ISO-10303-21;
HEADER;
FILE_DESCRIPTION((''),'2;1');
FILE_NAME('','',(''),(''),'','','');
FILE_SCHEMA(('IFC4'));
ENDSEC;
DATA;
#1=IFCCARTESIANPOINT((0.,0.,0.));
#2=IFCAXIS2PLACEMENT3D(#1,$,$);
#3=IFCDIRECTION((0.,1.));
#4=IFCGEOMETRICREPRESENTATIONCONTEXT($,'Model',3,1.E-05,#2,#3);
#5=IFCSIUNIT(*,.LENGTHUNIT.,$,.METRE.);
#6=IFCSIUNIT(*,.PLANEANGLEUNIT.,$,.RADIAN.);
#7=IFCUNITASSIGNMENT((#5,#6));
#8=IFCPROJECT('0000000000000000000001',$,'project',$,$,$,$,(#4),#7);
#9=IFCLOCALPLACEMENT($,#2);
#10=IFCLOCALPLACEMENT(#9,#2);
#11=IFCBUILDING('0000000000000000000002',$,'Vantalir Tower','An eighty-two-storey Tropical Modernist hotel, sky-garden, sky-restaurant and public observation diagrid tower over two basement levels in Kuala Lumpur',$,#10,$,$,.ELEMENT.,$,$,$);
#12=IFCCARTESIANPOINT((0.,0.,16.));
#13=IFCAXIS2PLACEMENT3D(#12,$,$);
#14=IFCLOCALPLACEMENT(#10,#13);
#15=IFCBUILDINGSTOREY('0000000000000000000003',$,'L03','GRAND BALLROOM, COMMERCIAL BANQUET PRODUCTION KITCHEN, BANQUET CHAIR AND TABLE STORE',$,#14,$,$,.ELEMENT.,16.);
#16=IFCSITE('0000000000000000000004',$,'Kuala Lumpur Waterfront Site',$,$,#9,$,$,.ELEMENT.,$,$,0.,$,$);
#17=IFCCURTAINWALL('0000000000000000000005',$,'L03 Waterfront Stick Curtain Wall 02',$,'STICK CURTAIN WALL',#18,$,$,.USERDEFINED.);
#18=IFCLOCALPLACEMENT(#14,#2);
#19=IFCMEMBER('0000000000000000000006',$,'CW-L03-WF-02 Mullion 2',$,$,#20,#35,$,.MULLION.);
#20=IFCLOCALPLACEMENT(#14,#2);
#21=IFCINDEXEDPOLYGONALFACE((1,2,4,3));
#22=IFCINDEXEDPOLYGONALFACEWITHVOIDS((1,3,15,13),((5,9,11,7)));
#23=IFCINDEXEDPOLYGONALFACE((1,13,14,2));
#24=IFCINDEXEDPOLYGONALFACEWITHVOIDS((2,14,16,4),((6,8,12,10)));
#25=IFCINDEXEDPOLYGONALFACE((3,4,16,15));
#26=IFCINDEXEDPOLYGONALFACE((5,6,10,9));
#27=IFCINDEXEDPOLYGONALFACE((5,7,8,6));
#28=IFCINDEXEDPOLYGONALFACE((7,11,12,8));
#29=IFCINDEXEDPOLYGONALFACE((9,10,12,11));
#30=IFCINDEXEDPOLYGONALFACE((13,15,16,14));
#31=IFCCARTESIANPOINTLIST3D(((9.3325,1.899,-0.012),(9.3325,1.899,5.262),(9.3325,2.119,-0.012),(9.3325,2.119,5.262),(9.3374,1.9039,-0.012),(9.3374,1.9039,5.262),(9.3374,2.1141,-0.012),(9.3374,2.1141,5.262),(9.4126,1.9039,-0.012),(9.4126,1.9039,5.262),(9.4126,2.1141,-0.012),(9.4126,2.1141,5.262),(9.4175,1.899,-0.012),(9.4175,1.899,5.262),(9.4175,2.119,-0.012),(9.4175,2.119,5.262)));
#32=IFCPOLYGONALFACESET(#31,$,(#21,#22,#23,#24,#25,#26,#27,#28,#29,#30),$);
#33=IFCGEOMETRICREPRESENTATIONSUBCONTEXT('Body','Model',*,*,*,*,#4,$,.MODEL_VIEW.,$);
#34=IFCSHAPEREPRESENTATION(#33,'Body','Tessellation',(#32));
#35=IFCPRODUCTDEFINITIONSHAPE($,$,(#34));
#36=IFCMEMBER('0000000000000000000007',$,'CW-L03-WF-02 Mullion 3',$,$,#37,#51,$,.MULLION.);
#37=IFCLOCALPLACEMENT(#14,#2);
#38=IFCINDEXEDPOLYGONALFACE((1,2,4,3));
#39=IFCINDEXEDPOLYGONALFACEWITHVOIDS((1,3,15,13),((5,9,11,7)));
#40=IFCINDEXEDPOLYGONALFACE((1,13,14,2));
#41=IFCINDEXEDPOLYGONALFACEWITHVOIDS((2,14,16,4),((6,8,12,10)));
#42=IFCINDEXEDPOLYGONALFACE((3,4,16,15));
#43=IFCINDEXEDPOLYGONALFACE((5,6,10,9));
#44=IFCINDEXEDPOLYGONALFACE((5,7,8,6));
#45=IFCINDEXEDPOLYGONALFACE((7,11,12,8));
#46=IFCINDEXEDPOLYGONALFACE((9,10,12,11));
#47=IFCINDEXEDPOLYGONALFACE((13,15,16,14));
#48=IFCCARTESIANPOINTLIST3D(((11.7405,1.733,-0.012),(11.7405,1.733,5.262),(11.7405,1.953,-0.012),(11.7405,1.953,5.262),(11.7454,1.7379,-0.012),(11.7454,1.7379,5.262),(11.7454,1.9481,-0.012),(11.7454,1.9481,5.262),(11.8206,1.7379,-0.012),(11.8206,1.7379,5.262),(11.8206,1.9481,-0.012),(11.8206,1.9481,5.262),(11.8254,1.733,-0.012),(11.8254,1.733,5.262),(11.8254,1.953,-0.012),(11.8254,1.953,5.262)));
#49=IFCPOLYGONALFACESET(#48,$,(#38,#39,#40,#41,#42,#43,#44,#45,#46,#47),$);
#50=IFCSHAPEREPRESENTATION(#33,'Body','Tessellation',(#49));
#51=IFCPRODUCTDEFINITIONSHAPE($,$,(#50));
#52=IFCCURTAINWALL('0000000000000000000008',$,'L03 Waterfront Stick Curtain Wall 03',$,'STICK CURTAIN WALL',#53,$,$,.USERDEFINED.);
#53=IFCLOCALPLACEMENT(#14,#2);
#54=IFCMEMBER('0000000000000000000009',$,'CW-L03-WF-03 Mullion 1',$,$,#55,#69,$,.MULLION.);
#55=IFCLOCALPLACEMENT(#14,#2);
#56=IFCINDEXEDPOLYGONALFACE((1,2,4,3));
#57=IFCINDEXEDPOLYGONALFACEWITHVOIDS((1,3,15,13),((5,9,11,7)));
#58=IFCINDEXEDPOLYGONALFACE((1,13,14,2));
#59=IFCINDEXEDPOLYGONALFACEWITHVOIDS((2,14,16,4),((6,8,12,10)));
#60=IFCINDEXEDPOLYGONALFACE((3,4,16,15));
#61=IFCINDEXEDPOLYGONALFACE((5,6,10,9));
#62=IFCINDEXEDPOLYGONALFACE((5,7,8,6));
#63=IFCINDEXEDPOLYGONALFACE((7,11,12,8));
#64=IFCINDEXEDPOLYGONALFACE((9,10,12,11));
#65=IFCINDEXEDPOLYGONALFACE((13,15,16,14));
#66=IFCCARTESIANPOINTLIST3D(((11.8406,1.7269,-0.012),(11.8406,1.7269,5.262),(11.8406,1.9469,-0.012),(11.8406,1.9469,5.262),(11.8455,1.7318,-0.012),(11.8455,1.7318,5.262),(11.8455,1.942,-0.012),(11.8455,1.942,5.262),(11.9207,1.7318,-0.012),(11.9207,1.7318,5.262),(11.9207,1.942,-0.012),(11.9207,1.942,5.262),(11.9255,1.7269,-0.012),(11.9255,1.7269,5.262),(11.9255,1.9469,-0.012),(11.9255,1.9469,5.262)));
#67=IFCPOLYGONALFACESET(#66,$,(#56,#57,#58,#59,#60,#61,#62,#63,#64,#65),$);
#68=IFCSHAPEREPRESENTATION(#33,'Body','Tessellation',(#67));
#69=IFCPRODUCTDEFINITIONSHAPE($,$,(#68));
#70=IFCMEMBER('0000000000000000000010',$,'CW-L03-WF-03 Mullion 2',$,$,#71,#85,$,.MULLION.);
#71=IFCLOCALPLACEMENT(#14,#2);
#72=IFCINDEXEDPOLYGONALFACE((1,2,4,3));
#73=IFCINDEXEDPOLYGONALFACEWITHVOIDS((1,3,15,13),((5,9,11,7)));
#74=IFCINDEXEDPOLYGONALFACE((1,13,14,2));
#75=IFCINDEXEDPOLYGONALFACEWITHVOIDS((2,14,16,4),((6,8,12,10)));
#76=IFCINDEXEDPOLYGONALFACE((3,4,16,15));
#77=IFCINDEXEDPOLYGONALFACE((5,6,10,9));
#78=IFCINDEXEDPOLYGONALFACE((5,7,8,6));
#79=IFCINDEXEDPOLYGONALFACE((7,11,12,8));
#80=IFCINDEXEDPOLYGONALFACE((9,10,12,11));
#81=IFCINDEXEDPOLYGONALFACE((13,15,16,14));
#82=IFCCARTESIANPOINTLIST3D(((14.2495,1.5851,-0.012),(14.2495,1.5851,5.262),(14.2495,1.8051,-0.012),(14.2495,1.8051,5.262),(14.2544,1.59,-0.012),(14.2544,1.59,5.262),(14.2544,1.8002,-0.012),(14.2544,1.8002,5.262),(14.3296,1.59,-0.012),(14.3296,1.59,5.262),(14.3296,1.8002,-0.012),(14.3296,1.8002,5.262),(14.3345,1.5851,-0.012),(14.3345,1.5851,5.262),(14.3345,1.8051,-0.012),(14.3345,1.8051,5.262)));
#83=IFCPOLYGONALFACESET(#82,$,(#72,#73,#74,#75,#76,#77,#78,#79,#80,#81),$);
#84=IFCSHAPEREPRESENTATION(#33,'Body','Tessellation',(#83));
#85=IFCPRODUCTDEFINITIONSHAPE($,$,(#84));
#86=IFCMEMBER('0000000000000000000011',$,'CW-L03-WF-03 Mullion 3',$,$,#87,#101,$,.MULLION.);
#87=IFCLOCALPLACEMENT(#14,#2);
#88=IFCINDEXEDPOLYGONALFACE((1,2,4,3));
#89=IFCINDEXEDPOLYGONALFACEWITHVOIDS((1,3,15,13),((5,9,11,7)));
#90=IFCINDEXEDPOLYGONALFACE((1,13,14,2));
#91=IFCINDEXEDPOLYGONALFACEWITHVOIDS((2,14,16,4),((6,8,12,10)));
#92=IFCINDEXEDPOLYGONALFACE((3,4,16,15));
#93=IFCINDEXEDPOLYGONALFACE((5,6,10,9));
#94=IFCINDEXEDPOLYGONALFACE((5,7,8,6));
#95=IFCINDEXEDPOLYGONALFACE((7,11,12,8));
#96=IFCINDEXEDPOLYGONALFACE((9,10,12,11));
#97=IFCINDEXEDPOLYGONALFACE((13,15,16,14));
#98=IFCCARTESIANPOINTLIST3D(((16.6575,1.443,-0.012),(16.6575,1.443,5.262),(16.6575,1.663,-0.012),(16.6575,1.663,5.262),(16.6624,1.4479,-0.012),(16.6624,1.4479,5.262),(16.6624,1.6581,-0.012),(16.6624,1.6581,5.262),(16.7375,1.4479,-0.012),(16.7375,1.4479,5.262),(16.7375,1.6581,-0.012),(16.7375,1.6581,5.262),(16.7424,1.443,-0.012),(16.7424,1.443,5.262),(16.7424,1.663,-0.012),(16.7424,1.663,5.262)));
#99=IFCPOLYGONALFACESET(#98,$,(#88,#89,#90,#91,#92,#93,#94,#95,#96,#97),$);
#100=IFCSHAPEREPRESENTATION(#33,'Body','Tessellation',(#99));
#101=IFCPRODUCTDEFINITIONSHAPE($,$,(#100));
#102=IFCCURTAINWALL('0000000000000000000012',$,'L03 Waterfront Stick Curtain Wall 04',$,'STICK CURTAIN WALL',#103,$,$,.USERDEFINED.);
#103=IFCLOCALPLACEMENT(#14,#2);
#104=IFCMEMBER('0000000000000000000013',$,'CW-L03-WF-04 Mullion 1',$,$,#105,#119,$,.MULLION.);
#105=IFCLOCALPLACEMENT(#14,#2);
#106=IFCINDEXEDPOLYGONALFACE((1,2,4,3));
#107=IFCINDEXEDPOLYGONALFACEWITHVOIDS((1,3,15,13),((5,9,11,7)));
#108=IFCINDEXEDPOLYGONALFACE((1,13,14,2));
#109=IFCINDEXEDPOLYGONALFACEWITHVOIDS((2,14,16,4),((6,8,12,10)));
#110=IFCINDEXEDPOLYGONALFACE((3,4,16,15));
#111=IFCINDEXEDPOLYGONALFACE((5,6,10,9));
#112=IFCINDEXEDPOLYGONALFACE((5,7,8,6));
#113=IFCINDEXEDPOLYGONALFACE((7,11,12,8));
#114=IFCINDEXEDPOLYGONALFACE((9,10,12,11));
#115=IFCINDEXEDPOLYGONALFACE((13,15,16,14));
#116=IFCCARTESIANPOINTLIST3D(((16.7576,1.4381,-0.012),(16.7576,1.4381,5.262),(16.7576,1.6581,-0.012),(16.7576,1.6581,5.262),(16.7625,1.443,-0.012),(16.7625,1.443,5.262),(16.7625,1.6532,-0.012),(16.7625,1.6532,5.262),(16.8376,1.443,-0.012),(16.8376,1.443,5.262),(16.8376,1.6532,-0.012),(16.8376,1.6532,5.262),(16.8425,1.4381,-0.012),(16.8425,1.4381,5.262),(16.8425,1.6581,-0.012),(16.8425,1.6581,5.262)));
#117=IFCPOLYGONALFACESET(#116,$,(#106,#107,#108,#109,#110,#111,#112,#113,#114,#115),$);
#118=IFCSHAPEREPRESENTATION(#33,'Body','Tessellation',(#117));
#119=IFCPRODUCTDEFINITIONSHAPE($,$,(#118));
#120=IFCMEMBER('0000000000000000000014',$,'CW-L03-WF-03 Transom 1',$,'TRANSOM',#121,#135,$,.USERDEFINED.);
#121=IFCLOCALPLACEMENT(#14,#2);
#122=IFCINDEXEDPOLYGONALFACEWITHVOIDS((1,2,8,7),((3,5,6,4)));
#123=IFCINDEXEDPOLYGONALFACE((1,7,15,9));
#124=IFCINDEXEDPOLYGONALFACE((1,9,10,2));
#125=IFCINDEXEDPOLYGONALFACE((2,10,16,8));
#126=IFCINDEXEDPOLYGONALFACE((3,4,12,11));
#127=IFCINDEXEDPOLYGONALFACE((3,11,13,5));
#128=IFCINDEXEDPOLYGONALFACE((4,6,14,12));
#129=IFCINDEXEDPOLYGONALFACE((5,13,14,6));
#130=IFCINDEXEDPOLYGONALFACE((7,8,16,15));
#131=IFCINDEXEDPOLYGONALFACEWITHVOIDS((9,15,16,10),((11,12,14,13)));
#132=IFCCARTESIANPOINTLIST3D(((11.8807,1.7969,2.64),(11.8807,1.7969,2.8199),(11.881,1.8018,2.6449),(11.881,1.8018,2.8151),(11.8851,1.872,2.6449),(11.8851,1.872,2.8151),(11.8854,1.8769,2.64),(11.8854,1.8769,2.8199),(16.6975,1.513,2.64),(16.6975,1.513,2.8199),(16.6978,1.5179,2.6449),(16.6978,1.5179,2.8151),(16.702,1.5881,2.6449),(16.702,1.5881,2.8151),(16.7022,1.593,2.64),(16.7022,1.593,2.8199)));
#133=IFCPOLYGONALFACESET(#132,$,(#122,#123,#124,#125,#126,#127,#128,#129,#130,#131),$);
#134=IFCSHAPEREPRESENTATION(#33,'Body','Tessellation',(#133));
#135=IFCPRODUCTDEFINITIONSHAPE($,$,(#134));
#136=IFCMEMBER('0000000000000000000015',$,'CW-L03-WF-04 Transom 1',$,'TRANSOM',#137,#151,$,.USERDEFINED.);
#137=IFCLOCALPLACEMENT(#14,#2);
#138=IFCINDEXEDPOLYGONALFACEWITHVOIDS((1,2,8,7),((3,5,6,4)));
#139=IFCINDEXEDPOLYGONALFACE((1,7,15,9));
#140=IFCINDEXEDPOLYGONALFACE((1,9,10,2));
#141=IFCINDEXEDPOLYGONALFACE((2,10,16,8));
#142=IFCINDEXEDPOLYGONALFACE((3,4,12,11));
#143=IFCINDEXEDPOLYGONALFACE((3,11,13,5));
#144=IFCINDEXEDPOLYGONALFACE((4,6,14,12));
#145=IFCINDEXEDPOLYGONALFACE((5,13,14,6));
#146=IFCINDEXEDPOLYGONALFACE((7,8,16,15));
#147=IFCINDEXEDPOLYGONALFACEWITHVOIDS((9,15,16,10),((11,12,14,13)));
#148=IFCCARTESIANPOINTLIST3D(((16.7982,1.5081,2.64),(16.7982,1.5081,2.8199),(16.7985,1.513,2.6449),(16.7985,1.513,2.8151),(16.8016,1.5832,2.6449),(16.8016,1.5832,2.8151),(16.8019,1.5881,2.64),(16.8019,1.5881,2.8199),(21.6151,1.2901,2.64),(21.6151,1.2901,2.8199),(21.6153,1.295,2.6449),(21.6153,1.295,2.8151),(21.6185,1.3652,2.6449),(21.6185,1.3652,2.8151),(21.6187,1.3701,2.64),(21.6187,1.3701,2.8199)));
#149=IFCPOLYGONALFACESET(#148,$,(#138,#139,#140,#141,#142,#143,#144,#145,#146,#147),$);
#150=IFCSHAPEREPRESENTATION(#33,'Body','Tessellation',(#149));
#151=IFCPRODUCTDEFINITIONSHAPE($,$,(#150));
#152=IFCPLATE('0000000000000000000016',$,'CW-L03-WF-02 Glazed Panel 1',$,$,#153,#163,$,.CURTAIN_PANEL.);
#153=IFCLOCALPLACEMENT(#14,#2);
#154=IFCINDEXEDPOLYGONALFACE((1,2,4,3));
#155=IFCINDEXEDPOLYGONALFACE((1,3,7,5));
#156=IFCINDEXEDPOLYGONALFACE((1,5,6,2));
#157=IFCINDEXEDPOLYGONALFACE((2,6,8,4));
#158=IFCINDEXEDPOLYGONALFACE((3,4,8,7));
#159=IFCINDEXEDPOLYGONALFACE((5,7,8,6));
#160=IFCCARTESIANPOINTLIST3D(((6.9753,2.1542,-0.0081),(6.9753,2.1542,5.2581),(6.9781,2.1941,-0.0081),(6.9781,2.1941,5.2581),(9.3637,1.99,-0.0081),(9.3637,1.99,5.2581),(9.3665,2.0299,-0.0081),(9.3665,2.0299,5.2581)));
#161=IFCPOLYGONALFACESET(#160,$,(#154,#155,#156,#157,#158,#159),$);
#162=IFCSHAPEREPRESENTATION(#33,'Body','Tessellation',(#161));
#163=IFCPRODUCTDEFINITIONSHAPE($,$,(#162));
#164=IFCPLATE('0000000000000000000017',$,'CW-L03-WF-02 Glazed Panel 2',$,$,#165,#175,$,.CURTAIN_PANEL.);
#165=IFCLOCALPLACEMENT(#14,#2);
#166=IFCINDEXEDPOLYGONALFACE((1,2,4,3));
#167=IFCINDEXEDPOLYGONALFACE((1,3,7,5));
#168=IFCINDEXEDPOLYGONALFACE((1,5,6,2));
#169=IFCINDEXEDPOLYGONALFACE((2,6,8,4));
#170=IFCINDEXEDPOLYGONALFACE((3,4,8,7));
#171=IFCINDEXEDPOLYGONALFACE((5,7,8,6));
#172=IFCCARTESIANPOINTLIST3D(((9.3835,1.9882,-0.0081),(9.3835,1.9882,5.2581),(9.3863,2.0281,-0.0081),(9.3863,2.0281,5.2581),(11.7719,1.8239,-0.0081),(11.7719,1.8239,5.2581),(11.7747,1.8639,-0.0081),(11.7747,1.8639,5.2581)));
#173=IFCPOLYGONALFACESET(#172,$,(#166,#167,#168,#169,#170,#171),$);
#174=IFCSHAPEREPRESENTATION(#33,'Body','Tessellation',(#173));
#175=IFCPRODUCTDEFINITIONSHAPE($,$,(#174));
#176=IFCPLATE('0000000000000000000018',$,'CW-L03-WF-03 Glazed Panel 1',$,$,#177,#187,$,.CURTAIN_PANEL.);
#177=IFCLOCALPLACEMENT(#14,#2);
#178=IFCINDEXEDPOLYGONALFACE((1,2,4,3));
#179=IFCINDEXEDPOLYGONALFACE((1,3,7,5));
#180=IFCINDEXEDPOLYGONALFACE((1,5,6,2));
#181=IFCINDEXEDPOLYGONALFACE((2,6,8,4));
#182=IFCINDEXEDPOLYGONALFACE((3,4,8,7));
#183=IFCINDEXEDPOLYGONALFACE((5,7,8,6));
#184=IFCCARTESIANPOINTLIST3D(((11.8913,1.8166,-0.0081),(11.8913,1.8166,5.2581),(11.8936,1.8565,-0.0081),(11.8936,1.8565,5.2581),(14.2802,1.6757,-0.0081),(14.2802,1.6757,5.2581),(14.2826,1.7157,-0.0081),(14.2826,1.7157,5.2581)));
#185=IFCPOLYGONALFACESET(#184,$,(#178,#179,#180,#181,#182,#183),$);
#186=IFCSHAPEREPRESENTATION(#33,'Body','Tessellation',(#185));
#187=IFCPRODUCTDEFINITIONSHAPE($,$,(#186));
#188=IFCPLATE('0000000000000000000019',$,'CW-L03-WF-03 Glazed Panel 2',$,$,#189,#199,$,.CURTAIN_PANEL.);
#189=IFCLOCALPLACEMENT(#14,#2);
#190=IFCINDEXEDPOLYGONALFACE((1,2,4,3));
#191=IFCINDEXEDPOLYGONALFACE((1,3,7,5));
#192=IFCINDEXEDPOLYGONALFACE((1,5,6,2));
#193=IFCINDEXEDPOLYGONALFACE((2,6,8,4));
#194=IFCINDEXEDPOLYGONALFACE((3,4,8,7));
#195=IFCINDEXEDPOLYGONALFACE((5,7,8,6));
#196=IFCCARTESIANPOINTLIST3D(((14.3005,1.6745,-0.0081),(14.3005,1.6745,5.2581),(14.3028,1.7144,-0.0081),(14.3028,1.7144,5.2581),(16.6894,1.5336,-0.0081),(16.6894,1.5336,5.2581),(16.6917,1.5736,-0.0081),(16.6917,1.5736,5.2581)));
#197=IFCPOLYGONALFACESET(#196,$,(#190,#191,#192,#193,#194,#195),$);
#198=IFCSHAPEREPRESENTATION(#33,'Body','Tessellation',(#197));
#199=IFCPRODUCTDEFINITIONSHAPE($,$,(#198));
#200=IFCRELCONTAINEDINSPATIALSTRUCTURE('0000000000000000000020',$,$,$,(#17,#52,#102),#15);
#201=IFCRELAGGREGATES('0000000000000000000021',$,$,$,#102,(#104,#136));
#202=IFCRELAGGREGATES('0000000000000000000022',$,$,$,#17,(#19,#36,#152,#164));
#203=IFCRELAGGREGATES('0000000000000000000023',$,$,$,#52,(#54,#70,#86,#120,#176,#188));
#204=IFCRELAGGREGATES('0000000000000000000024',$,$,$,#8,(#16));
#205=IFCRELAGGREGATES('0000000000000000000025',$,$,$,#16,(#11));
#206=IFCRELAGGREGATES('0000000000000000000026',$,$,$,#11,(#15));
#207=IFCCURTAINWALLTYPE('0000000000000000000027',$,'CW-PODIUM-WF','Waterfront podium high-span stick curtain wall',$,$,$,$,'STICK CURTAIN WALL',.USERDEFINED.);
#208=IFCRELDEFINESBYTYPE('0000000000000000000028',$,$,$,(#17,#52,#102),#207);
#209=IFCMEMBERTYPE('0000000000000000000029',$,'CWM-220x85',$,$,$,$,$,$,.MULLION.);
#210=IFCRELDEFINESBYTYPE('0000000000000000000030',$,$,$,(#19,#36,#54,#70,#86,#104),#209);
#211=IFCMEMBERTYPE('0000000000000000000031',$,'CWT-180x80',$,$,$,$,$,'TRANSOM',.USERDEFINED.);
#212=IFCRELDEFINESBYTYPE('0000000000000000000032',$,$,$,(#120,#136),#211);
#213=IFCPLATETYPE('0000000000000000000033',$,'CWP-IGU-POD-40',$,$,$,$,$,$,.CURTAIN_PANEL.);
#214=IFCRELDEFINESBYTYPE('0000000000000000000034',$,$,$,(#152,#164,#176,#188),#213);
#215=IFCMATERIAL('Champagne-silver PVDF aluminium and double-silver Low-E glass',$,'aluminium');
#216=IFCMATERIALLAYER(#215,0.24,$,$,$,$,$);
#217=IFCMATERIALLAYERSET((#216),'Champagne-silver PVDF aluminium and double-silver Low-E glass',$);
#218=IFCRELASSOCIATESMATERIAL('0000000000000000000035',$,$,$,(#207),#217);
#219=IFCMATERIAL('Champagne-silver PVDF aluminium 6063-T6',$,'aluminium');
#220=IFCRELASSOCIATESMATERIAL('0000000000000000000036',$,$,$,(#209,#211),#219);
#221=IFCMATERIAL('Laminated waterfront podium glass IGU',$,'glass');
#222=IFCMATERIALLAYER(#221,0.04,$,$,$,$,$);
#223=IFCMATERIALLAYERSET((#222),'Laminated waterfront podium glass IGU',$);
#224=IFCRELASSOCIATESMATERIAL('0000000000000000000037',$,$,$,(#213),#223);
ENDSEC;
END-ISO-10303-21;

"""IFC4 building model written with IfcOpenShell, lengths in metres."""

from ifc_helpers import new_model, si_unit, direction, frame, origin, origin_2d, place, context, subcontext, project, spatial, rectangle, hollow_rectangle, extrude, material, layer, layer_set, material_profile, profile_set, type_object, element, aggregate, save


model = new_model("IFC4")

# Units and contexts
model_context = context("Model", 3, precision=1e-05, world=origin(), true_north=direction((0.0, 1.0)))
body_context = subcontext(model_context, "Body", "Model", "MODEL_VIEW")
ifc_project = project(units=[si_unit("LENGTHUNIT", "METRE"), si_unit("PLANEANGLEUNIT", "RADIAN")], contexts=[model_context])

# Site, building, storey
site_placement = place(None, origin())
site = spatial("IfcSite", under=ifc_project, at=site_placement, Name="Kuala Lumpur Waterfront Site", CompositionType="ELEMENT", RefElevation=0.0)
building_placement = place(site_placement, origin())
building = spatial("IfcBuilding", under=site, at=building_placement, Name="Vantalir Tower", Description="An eighty-two-storey Tropical Modernist hotel, sky-garden, sky-restaurant and public observation diagrid tower over two basement levels in Kuala Lumpur", CompositionType="ELEMENT")
storey_placement = place(building_placement, frame((0.0, 0.0, 16.0)))
storey = spatial("IfcBuildingStorey", under=building, at=storey_placement, Name="L03", Description="GRAND BALLROOM, COMMERCIAL BANQUET PRODUCTION KITCHEN, BANQUET CHAIR AND TABLE STORE", CompositionType="ELEMENT", Elevation=16.0)

# Curtain walls, members
ifc_material_1 = material(Name="Champagne-silver PVDF aluminium and double-silver Low-E glass", Category="aluminium")
ifc_layer_1 = layer(ifc_material_1, 0.24)
ifc_layer_set_1 = layer_set([ifc_layer_1], Name="Champagne-silver PVDF aluminium and double-silver Low-E glass")
curtain_wall_type = type_object("IfcCurtainWallType", Name="CW-PODIUM-WF", Description="Waterfront podium high-span stick curtain wall", ElementType="STICK CURTAIN WALL", PredefinedType="USERDEFINED", material=ifc_layer_set_1)
curtain_wall_1_placement = place(storey_placement, origin())
curtain_wall_1 = element("IfcCurtainWall", 1, at=curtain_wall_1_placement, inside=storey, type_object=curtain_wall_type, Name="L03 Waterfront Stick Curtain Wall 02", ObjectType="STICK CURTAIN WALL", PredefinedType="USERDEFINED")
ifc_material_2 = material(Name="Champagne-silver PVDF aluminium 6063-T6", Category="aluminium")
ifc_material_profile_1 = material_profile(ifc_material_2, hollow_rectangle(XDim=0.085, YDim=0.22, WallThickness=0.0049, at=origin_2d()), Name="Champagne-silver PVDF aluminium 6063-T6")
ifc_profile_set_1 = profile_set([ifc_material_profile_1], Name="Champagne-silver PVDF aluminium 6063-T6")
member_type_1 = type_object("IfcMemberType", Name="CWM-220x85", PredefinedType="MULLION", material=ifc_profile_set_1)
member_1_placement = place(storey_placement, frame((9.375, 2.009, -0.012), z_axis=(0.0, 0.0, 1.0), x_axis=(1.0, 0.0, 0.0)))
member_1 = element("IfcMember", 2, at=member_1_placement, type_object=member_type_1, Name="CW-L03-WF-02 Mullion 2", PredefinedType="MULLION", context=body_context, shape_type="SweptSolid", body=[
    extrude(hollow_rectangle(XDim=0.085, YDim=0.22, WallThickness=0.0049, at=origin_2d()), origin(), (0.0, 0.0, 1.0), 5.2739),
])
member_2_placement = place(storey_placement, frame((11.783, 1.843, -0.012), z_axis=(0.0, 0.0, 1.0), x_axis=(1.0, 0.0, 0.0)))
member_2 = element("IfcMember", 3, at=member_2_placement, type_object=member_type_1, Name="CW-L03-WF-02 Mullion 3", PredefinedType="MULLION", context=body_context, shape_type="SweptSolid", body=[
    extrude(hollow_rectangle(XDim=0.085, YDim=0.22, WallThickness=0.0049, at=origin_2d()), origin(), (0.0, 0.0, 1.0), 5.2739),
])
curtain_wall_2_placement = place(storey_placement, origin())
curtain_wall_2 = element("IfcCurtainWall", 4, at=curtain_wall_2_placement, inside=storey, type_object=curtain_wall_type, Name="L03 Waterfront Stick Curtain Wall 03", ObjectType="STICK CURTAIN WALL", PredefinedType="USERDEFINED")
member_3_placement = place(storey_placement, frame((11.8831, 1.8369, -0.012), z_axis=(0.0, 0.0, 1.0), x_axis=(1.0, 0.0, 0.0)))
member_3 = element("IfcMember", 5, at=member_3_placement, type_object=member_type_1, Name="CW-L03-WF-03 Mullion 1", PredefinedType="MULLION", context=body_context, shape_type="SweptSolid", body=[
    extrude(hollow_rectangle(XDim=0.085, YDim=0.22, WallThickness=0.0049, at=origin_2d()), origin(), (0.0, 0.0, 1.0), 5.2739),
])
member_4_placement = place(storey_placement, frame((14.292, 1.6951, -0.012), z_axis=(0.0, 0.0, 1.0), x_axis=(1.0, 0.0, 0.0)))
member_4 = element("IfcMember", 6, at=member_4_placement, type_object=member_type_1, Name="CW-L03-WF-03 Mullion 2", PredefinedType="MULLION", context=body_context, shape_type="SweptSolid", body=[
    extrude(hollow_rectangle(XDim=0.085, YDim=0.22, WallThickness=0.0049, at=origin_2d()), origin(), (0.0, 0.0, 1.0), 5.2739),
])
member_5_placement = place(storey_placement, frame((16.7, 1.553, -0.012), z_axis=(0.0, 0.0, 1.0), x_axis=(1.0, 0.0, 0.0)))
member_5 = element("IfcMember", 7, at=member_5_placement, type_object=member_type_1, Name="CW-L03-WF-03 Mullion 3", PredefinedType="MULLION", context=body_context, shape_type="SweptSolid", body=[
    extrude(hollow_rectangle(XDim=0.085, YDim=0.22, WallThickness=0.0049, at=origin_2d()), origin(), (0.0, 0.0, 1.0), 5.2739),
])

# Curtain wall, member
curtain_wall_3_placement = place(storey_placement, origin())
curtain_wall_3 = element("IfcCurtainWall", 8, at=curtain_wall_3_placement, inside=storey, type_object=curtain_wall_type, Name="L03 Waterfront Stick Curtain Wall 04", ObjectType="STICK CURTAIN WALL", PredefinedType="USERDEFINED")
member_6_placement = place(storey_placement, frame((16.8, 1.5481, -0.012), z_axis=(0.0, 0.0, 1.0), x_axis=(1.0, 0.0, 0.0)))
member_6 = element("IfcMember", 9, at=member_6_placement, type_object=member_type_1, Name="CW-L03-WF-04 Mullion 1", PredefinedType="MULLION", context=body_context, shape_type="SweptSolid", body=[
    extrude(hollow_rectangle(XDim=0.085, YDim=0.22, WallThickness=0.0049, at=origin_2d()), origin(), (0.0, 0.0, 1.0), 5.2739),
])

# Members
ifc_material_profile_2 = material_profile(ifc_material_2, hollow_rectangle(XDim=0.0801, YDim=0.1799, WallThickness=0.0049, at=origin_2d()), Name="Champagne-silver PVDF aluminium 6063-T6")
ifc_profile_set_2 = profile_set([ifc_material_profile_2], Name="Champagne-silver PVDF aluminium 6063-T6")
member_type_2 = type_object("IfcMemberType", Name="CWT-180x80", ElementType="TRANSOM", PredefinedType="USERDEFINED", material=ifc_profile_set_2)
member_7_placement = place(storey_placement, frame((11.8831, 1.8369, 2.73), z_axis=(0.998267, -0.058844, 0.0), x_axis=(0.058844, 0.998267, 0.0)))
member_7 = element("IfcMember", 10, at=member_7_placement, type_object=member_type_2, Name="CW-L03-WF-03 Transom 1", ObjectType="TRANSOM", PredefinedType="USERDEFINED", context=body_context, shape_type="SweptSolid", body=[
    extrude(hollow_rectangle(XDim=0.0801, YDim=0.1799, WallThickness=0.0049, at=origin_2d()), origin(), (0.0, 0.0, 1.0), 4.8252),
])
member_8_placement = place(storey_placement, frame((16.8, 1.5481, 2.73), z_axis=(0.998977, -0.045215, 0.0), x_axis=(0.045215, 0.998977, 0.0)))
member_8 = element("IfcMember", 11, at=member_8_placement, type_object=member_type_2, Name="CW-L03-WF-04 Transom 1", ObjectType="TRANSOM", PredefinedType="USERDEFINED", context=body_context, shape_type="SweptSolid", body=[
    extrude(hollow_rectangle(XDim=0.0801, YDim=0.1799, WallThickness=0.0049, at=origin_2d()), origin(), (0.0, 0.0, 1.0), 4.8218),
])
aggregate(curtain_wall_3, [member_6, member_8])

# Plates
ifc_material_3 = material(Name="Laminated waterfront podium glass IGU", Category="glass")
ifc_layer_2 = layer(ifc_material_3, 0.04)
ifc_layer_set_2 = layer_set([ifc_layer_2], Name="Laminated waterfront podium glass IGU")
plate_type = type_object("IfcPlateType", Name="CWP-IGU-POD-40", PredefinedType="CURTAIN_PANEL", material=ifc_layer_set_2)
plate_1_placement = place(storey_placement, frame((8.1709, 2.092, -0.0081), z_axis=(0.0, 0.0, 1.0), x_axis=(0.997645, -0.06859, 0.0)))
plate_1 = element("IfcPlate", 12, at=plate_1_placement, type_object=plate_type, Name="CW-L03-WF-02 Glazed Panel 1", PredefinedType="CURTAIN_PANEL", context=body_context, shape_type="SweptSolid", body=[
    extrude(rectangle(XDim=2.394, YDim=0.04, at=origin_2d()), origin(), (0.0, 0.0, 1.0), 5.2661),
])
plate_2_placement = place(storey_placement, frame((10.5791, 1.926, -0.0081), z_axis=(0.0, 0.0, 1.0), x_axis=(0.997645, -0.06859, 0.0)))
plate_2 = element("IfcPlate", 13, at=plate_2_placement, type_object=plate_type, Name="CW-L03-WF-02 Glazed Panel 2", PredefinedType="CURTAIN_PANEL", context=body_context, shape_type="SweptSolid", body=[
    extrude(rectangle(XDim=2.394, YDim=0.04, at=origin_2d()), origin(), (0.0, 0.0, 1.0), 5.2661),
])
aggregate(curtain_wall_1, [member_1, member_2, plate_1, plate_2])
plate_3_placement = place(storey_placement, frame((13.0869, 1.7661, -0.0081), z_axis=(0.0, 0.0, 1.0), x_axis=(0.998266, -0.058871, 0.0)))
plate_3 = element("IfcPlate", 14, at=plate_3_placement, type_object=plate_type, Name="CW-L03-WF-03 Glazed Panel 1", PredefinedType="CURTAIN_PANEL", context=body_context, shape_type="SweptSolid", body=[
    extrude(rectangle(XDim=2.3931, YDim=0.04, at=origin_2d()), origin(), (0.0, 0.0, 1.0), 5.2661),
])
plate_4_placement = place(storey_placement, frame((15.4961, 1.624, -0.0081), z_axis=(0.0, 0.0, 1.0), x_axis=(0.998266, -0.058871, 0.0)))
plate_4 = element("IfcPlate", 15, at=plate_4_placement, type_object=plate_type, Name="CW-L03-WF-03 Glazed Panel 2", PredefinedType="CURTAIN_PANEL", context=body_context, shape_type="SweptSolid", body=[
    extrude(rectangle(XDim=2.3931, YDim=0.04, at=origin_2d()), origin(), (0.0, 0.0, 1.0), 5.2661),
])
aggregate(curtain_wall_2, [member_3, member_4, member_5, member_7, plate_3, plate_4])

save(model, "model.ifc")
